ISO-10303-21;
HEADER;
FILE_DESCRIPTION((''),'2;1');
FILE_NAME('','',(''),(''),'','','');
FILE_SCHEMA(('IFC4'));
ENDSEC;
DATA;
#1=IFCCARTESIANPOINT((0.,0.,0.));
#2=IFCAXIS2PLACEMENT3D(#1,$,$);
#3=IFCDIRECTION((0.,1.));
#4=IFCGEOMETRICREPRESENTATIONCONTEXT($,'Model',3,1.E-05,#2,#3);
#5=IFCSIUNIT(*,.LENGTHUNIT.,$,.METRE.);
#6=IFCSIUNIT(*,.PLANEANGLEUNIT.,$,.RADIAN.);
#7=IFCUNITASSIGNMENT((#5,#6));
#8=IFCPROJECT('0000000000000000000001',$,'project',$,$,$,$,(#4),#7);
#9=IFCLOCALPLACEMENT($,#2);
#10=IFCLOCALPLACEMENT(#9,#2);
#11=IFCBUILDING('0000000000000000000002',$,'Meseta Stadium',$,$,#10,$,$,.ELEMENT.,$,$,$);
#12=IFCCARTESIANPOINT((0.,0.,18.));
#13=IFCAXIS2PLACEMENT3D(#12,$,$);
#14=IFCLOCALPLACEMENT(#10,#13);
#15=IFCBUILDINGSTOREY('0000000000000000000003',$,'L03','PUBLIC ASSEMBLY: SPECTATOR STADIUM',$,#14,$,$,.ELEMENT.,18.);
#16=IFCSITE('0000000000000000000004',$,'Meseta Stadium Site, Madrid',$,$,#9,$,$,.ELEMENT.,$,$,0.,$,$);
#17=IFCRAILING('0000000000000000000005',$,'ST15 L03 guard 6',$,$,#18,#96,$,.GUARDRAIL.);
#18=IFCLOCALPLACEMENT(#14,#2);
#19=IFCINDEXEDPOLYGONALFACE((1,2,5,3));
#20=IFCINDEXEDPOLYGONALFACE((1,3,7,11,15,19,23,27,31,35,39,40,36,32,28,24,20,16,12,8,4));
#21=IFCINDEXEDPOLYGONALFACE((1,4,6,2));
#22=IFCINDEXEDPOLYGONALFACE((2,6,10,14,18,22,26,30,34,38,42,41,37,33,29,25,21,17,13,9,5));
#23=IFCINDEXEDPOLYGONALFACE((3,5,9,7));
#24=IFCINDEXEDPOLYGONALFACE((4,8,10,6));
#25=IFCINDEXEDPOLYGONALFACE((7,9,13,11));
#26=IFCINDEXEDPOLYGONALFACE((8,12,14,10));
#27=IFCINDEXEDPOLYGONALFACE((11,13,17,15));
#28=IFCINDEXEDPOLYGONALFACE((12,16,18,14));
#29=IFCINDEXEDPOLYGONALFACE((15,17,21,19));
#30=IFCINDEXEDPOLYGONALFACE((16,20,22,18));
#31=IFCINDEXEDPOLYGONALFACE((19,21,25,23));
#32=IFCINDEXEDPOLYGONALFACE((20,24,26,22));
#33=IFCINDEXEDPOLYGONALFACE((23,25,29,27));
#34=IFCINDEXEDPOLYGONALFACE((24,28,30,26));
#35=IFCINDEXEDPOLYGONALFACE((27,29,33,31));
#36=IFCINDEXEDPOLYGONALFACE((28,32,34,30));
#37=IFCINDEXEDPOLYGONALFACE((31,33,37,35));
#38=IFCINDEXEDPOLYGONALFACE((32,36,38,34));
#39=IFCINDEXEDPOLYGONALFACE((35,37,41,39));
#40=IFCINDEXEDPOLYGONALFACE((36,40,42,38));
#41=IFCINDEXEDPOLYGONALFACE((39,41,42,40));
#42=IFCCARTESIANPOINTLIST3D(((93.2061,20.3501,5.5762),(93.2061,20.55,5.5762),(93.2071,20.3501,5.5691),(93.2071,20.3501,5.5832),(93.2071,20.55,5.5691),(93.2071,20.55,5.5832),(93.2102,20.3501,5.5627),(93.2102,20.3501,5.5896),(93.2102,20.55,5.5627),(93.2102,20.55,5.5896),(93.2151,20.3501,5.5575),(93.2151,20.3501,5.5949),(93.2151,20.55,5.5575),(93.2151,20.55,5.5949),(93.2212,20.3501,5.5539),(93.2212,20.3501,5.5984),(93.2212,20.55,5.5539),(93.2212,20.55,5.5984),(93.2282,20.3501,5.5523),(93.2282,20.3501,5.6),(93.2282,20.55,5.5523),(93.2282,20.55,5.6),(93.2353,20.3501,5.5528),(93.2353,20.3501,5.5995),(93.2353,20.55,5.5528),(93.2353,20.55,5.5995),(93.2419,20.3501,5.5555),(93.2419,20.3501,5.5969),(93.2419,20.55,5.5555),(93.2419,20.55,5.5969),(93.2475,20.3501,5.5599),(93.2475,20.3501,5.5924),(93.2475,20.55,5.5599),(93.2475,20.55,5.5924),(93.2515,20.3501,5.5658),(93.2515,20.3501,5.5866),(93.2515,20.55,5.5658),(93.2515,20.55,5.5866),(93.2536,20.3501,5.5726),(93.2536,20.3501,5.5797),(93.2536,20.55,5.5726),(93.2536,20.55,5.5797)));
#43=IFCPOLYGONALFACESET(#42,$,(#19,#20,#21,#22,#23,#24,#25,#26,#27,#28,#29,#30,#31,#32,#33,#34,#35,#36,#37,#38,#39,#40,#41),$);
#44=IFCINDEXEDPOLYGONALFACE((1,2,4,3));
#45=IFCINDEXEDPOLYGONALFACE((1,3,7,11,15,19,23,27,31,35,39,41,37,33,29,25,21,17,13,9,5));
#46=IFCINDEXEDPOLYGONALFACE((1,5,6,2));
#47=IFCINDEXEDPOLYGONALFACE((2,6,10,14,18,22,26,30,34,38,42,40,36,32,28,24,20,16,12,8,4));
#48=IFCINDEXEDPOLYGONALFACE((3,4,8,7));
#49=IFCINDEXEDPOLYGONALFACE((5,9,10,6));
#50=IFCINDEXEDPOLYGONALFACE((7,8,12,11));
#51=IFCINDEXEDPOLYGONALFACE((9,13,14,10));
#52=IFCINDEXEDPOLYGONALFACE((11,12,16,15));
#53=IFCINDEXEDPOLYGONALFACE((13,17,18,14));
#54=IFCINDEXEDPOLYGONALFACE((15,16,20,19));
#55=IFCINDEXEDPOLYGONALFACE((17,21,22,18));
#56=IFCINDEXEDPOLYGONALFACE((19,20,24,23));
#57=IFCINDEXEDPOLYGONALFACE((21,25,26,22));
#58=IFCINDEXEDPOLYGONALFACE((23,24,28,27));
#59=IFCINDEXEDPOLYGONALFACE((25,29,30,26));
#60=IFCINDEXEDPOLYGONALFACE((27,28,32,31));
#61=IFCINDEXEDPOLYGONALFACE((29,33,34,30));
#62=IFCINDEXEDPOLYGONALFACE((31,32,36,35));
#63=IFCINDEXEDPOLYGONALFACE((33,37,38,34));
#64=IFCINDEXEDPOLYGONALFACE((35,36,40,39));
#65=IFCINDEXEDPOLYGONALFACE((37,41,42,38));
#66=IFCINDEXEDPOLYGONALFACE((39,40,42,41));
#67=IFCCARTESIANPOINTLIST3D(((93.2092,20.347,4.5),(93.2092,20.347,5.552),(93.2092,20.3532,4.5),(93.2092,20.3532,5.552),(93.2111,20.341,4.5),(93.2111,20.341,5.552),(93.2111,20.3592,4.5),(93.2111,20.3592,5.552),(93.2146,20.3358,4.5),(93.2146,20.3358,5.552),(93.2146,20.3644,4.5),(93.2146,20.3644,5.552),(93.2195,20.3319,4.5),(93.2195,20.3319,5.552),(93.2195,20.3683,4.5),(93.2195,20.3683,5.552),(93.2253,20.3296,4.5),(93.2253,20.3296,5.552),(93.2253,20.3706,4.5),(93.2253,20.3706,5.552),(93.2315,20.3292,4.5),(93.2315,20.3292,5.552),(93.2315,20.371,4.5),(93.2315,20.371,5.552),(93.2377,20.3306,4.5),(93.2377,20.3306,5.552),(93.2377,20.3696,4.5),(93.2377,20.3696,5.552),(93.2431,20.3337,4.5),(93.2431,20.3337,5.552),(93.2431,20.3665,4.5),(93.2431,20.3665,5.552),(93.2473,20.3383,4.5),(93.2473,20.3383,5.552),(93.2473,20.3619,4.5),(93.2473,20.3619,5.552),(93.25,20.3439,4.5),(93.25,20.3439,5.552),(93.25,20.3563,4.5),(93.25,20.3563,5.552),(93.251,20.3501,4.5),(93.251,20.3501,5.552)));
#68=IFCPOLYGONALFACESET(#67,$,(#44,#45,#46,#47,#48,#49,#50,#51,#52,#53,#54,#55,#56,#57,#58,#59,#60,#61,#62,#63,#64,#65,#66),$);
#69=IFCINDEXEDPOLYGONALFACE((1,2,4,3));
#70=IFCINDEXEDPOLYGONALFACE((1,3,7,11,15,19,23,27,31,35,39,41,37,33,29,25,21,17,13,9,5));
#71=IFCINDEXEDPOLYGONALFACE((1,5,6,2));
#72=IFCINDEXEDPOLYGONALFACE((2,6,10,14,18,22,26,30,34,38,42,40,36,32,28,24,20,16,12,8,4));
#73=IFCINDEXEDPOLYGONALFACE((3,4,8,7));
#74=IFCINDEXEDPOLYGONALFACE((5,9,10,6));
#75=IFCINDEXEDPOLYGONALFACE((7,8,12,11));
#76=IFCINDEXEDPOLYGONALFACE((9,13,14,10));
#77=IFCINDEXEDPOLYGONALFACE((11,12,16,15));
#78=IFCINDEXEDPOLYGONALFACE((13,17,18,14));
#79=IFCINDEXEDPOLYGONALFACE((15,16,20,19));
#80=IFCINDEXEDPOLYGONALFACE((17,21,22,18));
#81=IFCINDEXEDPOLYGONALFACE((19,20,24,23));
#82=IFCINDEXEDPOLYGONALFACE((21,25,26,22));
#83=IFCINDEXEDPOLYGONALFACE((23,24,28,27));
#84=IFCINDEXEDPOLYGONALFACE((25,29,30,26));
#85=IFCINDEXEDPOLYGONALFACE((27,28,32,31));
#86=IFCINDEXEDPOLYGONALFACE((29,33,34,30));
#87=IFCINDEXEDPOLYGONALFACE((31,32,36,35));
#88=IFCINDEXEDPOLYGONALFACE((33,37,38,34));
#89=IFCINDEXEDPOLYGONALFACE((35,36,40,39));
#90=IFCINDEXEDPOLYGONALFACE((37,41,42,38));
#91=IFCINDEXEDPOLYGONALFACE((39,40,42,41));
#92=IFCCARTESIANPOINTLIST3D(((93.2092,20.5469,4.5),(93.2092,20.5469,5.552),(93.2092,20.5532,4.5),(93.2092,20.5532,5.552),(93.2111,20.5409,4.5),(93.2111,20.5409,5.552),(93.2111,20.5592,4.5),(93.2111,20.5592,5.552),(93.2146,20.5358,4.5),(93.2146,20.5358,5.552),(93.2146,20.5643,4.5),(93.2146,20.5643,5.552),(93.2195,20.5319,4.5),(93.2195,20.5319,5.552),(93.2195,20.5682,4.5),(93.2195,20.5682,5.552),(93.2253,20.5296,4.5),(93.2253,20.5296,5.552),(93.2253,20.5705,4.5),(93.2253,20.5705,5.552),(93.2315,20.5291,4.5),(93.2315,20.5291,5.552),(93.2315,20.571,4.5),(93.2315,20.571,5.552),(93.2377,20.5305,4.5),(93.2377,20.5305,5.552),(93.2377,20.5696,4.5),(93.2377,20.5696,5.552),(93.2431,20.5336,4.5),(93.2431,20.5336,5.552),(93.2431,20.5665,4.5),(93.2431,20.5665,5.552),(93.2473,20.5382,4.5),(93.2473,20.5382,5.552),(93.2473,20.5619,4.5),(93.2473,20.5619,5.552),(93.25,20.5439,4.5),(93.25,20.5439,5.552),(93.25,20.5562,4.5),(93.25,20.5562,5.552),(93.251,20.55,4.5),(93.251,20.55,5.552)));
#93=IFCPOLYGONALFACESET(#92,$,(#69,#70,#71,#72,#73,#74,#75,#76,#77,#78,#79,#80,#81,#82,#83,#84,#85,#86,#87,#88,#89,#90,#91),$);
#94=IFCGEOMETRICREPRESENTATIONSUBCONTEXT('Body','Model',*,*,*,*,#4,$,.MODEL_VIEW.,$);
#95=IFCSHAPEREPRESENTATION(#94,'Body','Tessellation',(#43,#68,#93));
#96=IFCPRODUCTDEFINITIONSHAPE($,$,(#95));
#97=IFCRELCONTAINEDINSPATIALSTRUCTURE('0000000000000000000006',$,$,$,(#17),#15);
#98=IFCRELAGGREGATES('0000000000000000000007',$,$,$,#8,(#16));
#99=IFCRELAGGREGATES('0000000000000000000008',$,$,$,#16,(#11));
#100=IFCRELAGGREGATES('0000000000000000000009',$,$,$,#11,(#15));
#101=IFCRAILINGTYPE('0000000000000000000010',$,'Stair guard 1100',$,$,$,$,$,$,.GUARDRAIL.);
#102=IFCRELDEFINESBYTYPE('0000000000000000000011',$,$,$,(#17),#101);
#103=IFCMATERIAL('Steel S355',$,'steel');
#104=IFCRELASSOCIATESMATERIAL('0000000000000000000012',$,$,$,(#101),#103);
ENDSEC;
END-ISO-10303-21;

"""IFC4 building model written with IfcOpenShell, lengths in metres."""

from ifc_helpers import new_model, si_unit, direction, frame, origin, origin_2d, place, context, subcontext, project, spatial, circle, extrude, material, type_object, element, save


model = new_model("IFC4")

# Units and contexts
model_context = context("Model", 3, precision=1e-05, world=origin(), true_north=direction((0.0, 1.0)))
body_context = subcontext(model_context, "Body", "Model", "MODEL_VIEW")
ifc_project = project(units=[si_unit("LENGTHUNIT", "METRE"), si_unit("PLANEANGLEUNIT", "RADIAN")], contexts=[model_context])

# Site, building, storey
site_placement = place(None, origin())
site = spatial("IfcSite", under=ifc_project, at=site_placement, Name="Meseta Stadium Site, Madrid", CompositionType="ELEMENT", RefElevation=0.0)
building_placement = place(site_placement, origin())
building = spatial("IfcBuilding", under=site, at=building_placement, Name="Meseta Stadium", CompositionType="ELEMENT")
storey_placement = place(building_placement, frame((0.0, 0.0, 18.0)))
storey = spatial("IfcBuildingStorey", under=building, at=storey_placement, Name="L03", Description="PUBLIC ASSEMBLY: SPECTATOR STADIUM", CompositionType="ELEMENT", Elevation=18.0)

# Railing
ifc_material_1 = material(Name="Steel S355", Category="steel")
railing_type_1 = type_object("IfcRailingType", Name="Stair guard 1100", PredefinedType="GUARDRAIL", material=ifc_material_1)
railing_1_placement = place(storey_placement, frame((93.23, 20.3501, 4.5)))
element("IfcRailing", 1, at=railing_1_placement, inside=storey, type_object=railing_type_1, Name="ST15 L03 guard 6", PredefinedType="GUARDRAIL", context=body_context, shape_type="SweptSolid", body=[
    extrude(circle(Radius=0.0239, at=origin_2d()), frame((0.0, 0.0, 1.0762), z_axis=(0.0, 1.0, 0.0), x_axis=(-1.0, 0.0, 0.0)), (0.0, 0.0, 1.0), 0.2),
    extrude(circle(Radius=0.021, at=origin_2d()), origin(), (0.0, 0.0, 1.0), 1.052),
    extrude(circle(Radius=0.021, at=origin_2d()), frame((0.0, 0.2, 0.0)), (0.0, 0.0, 1.0), 1.052),
])

save(model, "model.ifc")
